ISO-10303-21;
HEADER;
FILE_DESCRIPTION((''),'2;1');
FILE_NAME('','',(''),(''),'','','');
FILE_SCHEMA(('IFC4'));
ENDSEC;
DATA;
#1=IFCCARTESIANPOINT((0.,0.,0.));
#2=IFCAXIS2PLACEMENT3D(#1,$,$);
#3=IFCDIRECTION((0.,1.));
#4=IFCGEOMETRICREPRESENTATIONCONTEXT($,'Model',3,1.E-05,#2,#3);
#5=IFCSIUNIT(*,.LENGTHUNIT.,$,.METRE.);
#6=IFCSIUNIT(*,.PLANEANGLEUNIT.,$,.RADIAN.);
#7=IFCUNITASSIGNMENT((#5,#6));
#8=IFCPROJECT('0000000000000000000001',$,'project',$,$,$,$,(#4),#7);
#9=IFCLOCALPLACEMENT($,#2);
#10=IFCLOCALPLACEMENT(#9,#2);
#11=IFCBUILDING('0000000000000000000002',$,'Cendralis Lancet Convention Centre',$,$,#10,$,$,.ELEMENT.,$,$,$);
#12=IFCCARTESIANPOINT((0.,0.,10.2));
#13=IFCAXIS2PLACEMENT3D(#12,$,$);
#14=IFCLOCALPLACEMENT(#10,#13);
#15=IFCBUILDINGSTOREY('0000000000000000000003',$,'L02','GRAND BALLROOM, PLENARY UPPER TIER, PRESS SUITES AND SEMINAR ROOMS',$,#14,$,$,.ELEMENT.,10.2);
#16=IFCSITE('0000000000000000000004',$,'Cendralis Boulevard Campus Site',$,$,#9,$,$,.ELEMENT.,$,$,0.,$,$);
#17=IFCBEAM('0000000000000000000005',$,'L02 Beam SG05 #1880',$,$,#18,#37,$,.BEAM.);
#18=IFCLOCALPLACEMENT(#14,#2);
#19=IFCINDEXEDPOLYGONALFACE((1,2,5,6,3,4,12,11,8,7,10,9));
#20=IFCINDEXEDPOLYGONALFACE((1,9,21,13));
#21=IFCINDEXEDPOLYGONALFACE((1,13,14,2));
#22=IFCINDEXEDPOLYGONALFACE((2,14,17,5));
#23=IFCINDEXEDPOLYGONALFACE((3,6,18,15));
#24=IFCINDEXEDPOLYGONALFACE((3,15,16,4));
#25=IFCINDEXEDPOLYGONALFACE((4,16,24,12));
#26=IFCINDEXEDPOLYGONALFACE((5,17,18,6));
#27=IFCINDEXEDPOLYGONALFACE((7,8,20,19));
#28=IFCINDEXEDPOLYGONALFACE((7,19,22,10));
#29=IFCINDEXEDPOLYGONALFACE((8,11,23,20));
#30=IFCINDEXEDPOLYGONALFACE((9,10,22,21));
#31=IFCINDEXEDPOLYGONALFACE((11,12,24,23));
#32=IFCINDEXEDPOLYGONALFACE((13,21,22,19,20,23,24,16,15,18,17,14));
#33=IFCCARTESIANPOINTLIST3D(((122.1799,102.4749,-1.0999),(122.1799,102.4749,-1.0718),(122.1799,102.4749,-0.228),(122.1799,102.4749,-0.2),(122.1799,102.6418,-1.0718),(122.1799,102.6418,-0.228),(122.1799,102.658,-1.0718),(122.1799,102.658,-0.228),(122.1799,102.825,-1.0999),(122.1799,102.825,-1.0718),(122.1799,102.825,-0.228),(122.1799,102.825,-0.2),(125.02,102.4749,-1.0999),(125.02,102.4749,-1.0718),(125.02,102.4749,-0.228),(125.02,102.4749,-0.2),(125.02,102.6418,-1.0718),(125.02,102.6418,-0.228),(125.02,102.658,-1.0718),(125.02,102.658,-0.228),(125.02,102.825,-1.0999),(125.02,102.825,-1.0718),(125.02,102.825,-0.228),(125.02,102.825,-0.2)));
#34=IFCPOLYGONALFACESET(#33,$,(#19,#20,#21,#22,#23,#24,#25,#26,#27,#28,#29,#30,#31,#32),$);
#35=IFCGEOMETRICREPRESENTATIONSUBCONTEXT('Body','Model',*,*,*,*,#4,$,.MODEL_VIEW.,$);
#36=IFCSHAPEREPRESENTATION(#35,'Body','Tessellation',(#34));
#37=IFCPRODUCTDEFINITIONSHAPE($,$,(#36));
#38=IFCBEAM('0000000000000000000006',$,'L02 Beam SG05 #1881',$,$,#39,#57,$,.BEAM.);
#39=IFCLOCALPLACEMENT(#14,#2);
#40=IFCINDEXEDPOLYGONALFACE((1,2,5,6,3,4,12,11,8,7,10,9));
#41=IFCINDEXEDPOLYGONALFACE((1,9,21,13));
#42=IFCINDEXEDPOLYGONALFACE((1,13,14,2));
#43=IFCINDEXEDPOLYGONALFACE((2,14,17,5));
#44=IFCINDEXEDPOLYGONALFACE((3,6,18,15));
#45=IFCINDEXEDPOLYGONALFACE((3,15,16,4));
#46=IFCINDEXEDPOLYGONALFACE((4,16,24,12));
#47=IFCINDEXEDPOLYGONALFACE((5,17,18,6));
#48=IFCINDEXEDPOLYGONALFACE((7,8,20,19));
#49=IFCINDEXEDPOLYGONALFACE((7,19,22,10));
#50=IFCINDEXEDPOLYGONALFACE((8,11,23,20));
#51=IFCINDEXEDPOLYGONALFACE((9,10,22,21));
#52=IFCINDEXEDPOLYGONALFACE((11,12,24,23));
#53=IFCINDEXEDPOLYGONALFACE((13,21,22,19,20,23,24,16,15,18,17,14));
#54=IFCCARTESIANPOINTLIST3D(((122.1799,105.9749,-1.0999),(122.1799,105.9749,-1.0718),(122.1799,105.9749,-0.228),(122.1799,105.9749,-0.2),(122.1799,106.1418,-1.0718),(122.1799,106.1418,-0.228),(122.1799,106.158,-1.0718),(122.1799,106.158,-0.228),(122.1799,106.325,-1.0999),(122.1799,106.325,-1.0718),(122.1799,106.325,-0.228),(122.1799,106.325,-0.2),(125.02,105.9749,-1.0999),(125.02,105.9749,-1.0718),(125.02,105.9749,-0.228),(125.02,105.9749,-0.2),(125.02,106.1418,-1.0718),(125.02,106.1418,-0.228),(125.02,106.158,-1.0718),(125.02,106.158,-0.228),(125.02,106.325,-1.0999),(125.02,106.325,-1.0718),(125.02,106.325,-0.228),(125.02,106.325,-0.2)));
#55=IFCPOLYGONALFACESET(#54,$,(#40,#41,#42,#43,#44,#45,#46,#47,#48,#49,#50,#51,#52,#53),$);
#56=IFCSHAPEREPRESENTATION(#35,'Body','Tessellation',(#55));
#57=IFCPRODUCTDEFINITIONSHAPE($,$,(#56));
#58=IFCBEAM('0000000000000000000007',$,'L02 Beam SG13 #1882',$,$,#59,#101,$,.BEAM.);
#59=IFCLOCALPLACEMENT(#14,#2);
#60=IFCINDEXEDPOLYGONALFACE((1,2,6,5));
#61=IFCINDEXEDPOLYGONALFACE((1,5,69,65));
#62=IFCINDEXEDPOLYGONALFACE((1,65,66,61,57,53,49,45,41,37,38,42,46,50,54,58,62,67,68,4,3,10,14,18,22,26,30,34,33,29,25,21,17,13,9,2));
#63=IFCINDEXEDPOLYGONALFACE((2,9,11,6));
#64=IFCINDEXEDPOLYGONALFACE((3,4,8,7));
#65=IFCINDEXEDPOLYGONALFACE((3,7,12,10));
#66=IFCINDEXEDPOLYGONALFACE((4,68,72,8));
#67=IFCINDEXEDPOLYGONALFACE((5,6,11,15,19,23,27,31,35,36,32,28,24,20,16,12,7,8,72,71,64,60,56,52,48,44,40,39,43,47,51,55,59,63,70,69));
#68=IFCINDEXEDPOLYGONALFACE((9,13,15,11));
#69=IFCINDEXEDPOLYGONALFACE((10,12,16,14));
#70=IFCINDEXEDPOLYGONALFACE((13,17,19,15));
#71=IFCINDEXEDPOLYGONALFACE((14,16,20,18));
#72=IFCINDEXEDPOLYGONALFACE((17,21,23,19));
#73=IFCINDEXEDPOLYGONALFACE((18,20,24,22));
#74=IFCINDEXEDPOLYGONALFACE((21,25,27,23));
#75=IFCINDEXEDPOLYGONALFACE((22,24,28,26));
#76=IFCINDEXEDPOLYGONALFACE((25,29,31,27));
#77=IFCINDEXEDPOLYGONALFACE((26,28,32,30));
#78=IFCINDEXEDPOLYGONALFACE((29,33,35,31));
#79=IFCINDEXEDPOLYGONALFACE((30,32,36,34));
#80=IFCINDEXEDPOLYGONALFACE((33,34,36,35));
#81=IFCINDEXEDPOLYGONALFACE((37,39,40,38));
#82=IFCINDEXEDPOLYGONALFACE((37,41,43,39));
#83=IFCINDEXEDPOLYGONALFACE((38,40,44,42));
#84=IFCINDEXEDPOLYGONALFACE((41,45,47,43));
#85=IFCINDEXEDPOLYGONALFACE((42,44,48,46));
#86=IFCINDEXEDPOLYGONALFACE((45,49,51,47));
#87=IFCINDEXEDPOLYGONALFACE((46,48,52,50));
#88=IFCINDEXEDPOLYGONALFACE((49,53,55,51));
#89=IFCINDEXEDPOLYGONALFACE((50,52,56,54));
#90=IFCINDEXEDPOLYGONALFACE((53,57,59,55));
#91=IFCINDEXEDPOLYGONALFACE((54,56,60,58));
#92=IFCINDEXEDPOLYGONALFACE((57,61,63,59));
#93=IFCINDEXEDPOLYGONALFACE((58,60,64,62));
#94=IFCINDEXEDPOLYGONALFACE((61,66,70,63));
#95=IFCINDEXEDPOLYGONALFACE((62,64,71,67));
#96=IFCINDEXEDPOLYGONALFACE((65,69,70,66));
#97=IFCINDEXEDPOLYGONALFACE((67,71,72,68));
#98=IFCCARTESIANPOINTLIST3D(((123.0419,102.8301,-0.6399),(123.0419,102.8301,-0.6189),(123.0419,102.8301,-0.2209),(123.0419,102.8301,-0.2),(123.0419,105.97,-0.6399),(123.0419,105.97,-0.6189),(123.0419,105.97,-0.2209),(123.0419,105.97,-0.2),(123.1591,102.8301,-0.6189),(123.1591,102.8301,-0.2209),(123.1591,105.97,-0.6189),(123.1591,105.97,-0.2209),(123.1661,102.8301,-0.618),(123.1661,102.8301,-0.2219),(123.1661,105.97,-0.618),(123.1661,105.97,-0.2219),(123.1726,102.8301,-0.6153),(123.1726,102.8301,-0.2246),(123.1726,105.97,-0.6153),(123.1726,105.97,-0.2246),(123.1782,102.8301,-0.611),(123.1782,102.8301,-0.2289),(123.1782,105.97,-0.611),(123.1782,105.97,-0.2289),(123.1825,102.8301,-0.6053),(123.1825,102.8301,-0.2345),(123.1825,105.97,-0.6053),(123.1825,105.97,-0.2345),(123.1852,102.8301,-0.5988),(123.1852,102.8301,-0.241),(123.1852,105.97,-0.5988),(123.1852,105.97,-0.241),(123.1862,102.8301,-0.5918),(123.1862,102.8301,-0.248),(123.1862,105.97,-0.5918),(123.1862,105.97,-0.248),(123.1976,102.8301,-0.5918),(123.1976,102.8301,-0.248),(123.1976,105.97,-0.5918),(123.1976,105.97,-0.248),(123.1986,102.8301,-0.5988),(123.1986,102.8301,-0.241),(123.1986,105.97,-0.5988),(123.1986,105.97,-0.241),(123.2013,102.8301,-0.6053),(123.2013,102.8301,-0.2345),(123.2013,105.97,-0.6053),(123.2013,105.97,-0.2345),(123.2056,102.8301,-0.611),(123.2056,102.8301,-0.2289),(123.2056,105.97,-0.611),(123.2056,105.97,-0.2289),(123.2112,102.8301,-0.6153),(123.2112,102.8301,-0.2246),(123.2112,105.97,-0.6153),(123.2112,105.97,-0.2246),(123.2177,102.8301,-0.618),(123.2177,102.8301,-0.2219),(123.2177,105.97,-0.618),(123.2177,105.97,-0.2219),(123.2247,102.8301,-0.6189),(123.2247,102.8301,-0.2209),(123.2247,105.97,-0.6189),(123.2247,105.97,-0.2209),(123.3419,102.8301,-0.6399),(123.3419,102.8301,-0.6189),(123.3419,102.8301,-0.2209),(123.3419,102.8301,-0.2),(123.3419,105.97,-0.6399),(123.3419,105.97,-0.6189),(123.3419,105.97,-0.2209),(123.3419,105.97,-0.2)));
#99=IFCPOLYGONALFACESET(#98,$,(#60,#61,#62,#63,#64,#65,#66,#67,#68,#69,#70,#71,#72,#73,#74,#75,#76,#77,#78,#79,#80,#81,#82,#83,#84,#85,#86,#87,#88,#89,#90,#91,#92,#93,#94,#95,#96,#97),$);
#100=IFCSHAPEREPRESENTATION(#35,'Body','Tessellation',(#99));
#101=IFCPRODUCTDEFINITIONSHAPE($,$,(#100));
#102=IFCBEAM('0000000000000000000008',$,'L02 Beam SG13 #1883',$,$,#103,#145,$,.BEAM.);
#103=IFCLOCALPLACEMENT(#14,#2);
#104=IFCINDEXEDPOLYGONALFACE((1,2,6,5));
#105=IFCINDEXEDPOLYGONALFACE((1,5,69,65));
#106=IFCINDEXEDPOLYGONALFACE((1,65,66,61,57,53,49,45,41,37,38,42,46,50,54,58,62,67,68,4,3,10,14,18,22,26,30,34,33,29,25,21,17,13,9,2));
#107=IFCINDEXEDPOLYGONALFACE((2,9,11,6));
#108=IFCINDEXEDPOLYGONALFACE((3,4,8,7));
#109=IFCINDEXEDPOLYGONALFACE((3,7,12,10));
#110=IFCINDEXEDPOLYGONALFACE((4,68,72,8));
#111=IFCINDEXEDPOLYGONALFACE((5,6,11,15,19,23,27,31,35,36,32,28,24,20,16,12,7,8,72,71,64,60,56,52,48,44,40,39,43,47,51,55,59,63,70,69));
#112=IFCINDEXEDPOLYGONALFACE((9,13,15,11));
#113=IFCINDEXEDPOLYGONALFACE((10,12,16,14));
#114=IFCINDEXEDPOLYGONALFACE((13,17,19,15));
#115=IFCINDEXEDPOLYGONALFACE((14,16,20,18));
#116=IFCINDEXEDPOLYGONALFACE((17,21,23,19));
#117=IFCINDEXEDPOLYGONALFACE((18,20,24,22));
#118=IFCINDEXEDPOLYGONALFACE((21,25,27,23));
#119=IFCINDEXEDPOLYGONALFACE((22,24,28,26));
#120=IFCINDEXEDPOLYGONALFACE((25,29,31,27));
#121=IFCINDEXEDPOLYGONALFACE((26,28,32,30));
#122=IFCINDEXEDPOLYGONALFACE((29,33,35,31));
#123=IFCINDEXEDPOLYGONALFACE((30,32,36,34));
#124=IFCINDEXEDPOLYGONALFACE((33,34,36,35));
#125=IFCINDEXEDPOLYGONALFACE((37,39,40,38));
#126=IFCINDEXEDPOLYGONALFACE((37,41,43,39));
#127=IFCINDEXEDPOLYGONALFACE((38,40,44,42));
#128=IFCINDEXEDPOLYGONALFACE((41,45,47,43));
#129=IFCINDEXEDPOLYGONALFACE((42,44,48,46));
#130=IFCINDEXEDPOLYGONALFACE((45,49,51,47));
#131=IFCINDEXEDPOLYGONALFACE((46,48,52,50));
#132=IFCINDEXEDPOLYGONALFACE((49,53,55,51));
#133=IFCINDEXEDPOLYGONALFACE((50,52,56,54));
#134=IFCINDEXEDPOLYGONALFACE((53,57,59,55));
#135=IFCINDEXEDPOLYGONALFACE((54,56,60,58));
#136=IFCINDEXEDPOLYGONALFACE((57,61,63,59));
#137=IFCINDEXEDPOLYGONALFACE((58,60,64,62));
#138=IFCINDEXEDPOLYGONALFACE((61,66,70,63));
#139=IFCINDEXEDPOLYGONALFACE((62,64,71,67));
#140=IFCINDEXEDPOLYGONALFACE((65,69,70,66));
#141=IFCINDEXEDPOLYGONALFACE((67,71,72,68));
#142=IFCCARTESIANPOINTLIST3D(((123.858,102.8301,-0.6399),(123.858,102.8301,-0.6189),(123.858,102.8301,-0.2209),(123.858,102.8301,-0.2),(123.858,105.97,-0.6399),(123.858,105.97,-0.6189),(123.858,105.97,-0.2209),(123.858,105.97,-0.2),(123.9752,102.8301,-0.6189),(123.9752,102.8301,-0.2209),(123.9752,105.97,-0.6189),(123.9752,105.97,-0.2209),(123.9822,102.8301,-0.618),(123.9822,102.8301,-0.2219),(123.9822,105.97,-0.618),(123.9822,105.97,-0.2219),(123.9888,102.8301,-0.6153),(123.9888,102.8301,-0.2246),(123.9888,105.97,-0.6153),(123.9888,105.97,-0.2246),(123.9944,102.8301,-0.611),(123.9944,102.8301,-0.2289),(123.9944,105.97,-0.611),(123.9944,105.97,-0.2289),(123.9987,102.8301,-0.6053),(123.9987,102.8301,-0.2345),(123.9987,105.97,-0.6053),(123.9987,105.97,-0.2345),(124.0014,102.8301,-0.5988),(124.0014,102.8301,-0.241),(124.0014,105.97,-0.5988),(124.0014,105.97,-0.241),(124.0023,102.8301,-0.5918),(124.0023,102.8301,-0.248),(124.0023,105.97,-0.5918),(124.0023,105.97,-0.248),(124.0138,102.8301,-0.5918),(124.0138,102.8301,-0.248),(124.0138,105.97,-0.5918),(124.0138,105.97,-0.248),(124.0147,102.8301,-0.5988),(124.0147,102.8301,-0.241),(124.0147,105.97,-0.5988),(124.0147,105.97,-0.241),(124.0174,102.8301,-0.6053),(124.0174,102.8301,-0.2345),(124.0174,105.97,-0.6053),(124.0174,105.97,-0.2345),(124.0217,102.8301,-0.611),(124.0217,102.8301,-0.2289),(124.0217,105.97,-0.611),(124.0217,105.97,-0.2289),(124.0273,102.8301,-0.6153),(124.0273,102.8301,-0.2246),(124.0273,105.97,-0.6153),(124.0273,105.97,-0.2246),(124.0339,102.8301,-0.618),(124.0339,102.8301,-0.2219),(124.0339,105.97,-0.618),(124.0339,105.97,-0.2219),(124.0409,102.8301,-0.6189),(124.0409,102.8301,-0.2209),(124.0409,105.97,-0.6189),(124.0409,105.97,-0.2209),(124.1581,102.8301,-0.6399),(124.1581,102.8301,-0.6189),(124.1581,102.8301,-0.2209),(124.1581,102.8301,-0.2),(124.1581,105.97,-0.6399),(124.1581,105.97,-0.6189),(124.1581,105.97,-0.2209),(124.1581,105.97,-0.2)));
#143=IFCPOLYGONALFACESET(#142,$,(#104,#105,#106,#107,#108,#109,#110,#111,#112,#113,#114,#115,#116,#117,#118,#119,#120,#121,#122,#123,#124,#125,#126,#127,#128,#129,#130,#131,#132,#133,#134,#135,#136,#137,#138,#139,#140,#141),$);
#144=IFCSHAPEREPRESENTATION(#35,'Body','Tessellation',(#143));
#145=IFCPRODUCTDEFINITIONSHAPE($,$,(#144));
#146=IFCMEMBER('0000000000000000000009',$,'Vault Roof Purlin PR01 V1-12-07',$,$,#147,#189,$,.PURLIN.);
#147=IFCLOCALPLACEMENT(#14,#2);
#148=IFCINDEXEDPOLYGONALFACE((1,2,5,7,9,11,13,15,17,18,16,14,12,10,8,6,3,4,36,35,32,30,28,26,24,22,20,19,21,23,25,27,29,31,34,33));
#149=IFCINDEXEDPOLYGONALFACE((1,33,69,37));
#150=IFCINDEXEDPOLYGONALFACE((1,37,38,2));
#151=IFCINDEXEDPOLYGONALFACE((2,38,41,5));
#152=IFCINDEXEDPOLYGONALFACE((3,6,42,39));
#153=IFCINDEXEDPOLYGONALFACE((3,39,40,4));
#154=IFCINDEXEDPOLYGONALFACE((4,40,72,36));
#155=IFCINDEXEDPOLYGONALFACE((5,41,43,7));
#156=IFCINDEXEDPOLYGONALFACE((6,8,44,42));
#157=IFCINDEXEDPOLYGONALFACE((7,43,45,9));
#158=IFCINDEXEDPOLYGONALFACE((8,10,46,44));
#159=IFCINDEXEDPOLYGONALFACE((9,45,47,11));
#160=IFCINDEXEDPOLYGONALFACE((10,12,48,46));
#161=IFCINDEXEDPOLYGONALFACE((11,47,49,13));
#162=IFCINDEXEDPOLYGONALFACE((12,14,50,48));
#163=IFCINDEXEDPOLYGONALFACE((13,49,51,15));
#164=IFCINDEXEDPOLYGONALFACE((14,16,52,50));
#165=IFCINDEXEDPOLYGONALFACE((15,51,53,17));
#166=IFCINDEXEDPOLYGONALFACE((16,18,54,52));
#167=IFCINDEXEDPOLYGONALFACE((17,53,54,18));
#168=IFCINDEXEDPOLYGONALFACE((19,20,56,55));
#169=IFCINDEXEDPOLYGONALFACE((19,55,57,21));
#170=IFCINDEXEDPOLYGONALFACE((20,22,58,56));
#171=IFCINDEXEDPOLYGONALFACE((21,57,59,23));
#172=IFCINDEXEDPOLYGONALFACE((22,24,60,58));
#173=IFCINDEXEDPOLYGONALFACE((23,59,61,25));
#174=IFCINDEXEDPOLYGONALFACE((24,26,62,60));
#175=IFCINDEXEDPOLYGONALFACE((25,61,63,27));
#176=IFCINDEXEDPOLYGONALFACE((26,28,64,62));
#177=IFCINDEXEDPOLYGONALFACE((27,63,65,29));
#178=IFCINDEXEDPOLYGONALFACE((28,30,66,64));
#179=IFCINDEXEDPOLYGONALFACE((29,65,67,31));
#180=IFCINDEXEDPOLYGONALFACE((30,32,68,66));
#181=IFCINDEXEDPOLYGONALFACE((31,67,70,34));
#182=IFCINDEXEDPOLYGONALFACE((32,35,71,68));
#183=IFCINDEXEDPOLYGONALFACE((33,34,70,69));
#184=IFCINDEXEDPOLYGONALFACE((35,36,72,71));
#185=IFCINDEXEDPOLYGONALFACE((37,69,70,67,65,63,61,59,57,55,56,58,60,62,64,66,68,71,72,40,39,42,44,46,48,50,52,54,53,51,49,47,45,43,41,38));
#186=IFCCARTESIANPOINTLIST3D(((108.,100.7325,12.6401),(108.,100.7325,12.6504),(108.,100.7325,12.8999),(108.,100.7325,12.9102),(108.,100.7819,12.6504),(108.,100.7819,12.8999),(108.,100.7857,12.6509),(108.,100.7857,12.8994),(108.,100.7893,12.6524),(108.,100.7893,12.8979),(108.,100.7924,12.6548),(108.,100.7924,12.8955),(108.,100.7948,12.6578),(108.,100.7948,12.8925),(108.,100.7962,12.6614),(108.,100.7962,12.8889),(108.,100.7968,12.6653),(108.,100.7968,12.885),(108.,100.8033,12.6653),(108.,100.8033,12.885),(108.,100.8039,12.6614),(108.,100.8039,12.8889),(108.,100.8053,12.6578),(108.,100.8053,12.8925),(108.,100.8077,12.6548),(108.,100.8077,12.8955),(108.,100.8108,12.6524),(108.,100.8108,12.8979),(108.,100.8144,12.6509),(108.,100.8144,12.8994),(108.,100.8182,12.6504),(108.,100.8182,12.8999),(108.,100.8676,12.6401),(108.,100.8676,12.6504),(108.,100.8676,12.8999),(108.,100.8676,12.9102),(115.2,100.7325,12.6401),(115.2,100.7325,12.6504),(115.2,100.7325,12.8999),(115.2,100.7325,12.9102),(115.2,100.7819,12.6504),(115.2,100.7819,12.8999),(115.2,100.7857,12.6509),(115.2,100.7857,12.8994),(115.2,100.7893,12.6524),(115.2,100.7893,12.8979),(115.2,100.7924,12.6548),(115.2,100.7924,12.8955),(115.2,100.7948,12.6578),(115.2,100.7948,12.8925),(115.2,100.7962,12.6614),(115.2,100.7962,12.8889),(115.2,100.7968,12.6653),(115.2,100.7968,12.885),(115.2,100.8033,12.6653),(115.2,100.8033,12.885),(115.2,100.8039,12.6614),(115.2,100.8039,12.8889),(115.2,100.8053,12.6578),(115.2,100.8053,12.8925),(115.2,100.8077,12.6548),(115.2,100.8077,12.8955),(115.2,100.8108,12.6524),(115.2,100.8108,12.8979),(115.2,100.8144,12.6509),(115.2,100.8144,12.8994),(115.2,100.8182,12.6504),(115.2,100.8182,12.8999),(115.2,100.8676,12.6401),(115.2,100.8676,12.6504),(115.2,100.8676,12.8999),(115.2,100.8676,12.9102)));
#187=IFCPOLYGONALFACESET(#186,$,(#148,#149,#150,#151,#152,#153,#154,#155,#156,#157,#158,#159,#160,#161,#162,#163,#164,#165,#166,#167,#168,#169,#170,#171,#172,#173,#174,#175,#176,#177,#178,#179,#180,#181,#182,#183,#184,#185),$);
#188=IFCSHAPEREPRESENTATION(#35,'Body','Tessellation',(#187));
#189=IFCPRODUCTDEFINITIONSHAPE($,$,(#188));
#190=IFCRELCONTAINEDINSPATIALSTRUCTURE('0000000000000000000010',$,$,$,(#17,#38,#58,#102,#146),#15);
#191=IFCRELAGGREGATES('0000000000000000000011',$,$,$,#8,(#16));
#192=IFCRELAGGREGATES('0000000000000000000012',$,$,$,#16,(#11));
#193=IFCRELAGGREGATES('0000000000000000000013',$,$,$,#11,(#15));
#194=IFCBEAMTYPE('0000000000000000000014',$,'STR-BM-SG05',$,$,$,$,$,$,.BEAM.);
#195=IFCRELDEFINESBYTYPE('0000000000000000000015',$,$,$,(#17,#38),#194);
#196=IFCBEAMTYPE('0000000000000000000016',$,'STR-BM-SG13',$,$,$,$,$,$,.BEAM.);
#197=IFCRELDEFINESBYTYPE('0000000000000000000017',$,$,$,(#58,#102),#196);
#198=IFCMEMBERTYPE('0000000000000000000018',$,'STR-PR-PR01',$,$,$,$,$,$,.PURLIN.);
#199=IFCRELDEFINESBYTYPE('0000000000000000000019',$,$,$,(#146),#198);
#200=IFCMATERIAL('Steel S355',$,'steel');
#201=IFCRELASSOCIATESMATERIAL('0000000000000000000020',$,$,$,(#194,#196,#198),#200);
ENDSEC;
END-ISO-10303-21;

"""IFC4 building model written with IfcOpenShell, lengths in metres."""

from ifc_helpers import new_model, si_unit, direction, frame, origin, origin_2d, place, context, subcontext, project, spatial, i_section, extrude, material, material_profile, profile_set, type_object, element, save


model = new_model("IFC4")

# Units and contexts
model_context = context("Model", 3, precision=1e-05, world=origin(), true_north=direction((0.0, 1.0)))
body_context = subcontext(model_context, "Body", "Model", "MODEL_VIEW")
ifc_project = project(units=[si_unit("LENGTHUNIT", "METRE"), si_unit("PLANEANGLEUNIT", "RADIAN")], contexts=[model_context])

# Site, building, storey
site_placement = place(None, origin())
site = spatial("IfcSite", under=ifc_project, at=site_placement, Name="Cendralis Boulevard Campus Site", CompositionType="ELEMENT", RefElevation=0.0)
building_placement = place(site_placement, origin())
building = spatial("IfcBuilding", under=site, at=building_placement, Name="Cendralis Lancet Convention Centre", CompositionType="ELEMENT")
storey_placement = place(building_placement, frame((0.0, 0.0, 10.2)))
storey = spatial("IfcBuildingStorey", under=building, at=storey_placement, Name="L02", Description="GRAND BALLROOM, PLENARY UPPER TIER, PRESS SUITES AND SEMINAR ROOMS", CompositionType="ELEMENT", Elevation=10.2)

# Beams
ifc_material_1 = material(Name="Steel S355", Category="steel")
ifc_material_profile_1 = material_profile(ifc_material_1, i_section(OverallWidth=0.3501, OverallDepth=0.8999, WebThickness=0.0161, FlangeThickness=0.0281, at=origin_2d()), Name="PG 900x350")
ifc_profile_set_1 = profile_set([ifc_material_profile_1], Name="Steel S355")
beam_type_1 = type_object("IfcBeamType", Name="STR-BM-SG05", PredefinedType="BEAM", material=ifc_profile_set_1)
for number, where, z_axis, x_axis, name in (
    (1, (122.1799, 102.6499, -0.6499), (1.0, 0.0, 0.0), (0.0, 1.0, 0.0), "L02 Beam SG05 #1880"),
    (2, (122.1799, 106.1499, -0.6499), (1.0, 0.0, 0.0), (0.0, 1.0, 0.0), "L02 Beam SG05 #1881"),
):
    element("IfcBeam", number, at=place(storey_placement, frame(where, z_axis=z_axis, x_axis=x_axis)), inside=storey, type_object=beam_type_1, Name=name, PredefinedType="BEAM", context=body_context, shape_type="SweptSolid", body=[
        extrude(i_section(OverallWidth=0.3501, OverallDepth=0.8999, WebThickness=0.0161, FlangeThickness=0.0281, at=origin_2d()), origin(), (0.0, 0.0, 1.0), 2.8401),
    ])
ifc_material_profile_2 = material_profile(ifc_material_1, i_section(OverallWidth=0.3, OverallDepth=0.4399, WebThickness=0.0115, FlangeThickness=0.021, FilletRadius=0.0271, at=origin_2d()), Name="HEA 450")
ifc_profile_set_2 = profile_set([ifc_material_profile_2], Name="Steel S355")
beam_type_2 = type_object("IfcBeamType", Name="STR-BM-SG13", PredefinedType="BEAM", material=ifc_profile_set_2)
for number, where, z_axis, x_axis, name in (
    (3, (123.1919, 102.8301, -0.4199), (0.0, 1.0, 0.0), (-1.0, 0.0, 0.0), "L02 Beam SG13 #1882"),
    (4, (124.0081, 102.8301, -0.4199), (0.0, 1.0, 0.0), (-1.0, 0.0, 0.0), "L02 Beam SG13 #1883"),
):
    element("IfcBeam", number, at=place(storey_placement, frame(where, z_axis=z_axis, x_axis=x_axis)), inside=storey, type_object=beam_type_2, Name=name, PredefinedType="BEAM", context=body_context, shape_type="SweptSolid", body=[
        extrude(i_section(OverallWidth=0.3, OverallDepth=0.4399, WebThickness=0.0115, FlangeThickness=0.021, FilletRadius=0.0271, at=origin_2d()), origin(), (0.0, 0.0, 1.0), 3.1399),
    ])

# Member
ifc_material_profile_3 = material_profile(ifc_material_1, i_section(OverallWidth=0.135, OverallDepth=0.27, WebThickness=0.0066, FlangeThickness=0.0103, FilletRadius=0.0149, at=origin_2d()), Name="IPE 270")
ifc_profile_set_3 = profile_set([ifc_material_profile_3], Name="Steel S355")
member_type_1 = type_object("IfcMemberType", Name="STR-PR-PR01", PredefinedType="PURLIN", material=ifc_profile_set_3)
for number, where, z_axis, x_axis, name in (
    (5, (108.0, 100.8, 12.7751), (1.0, 0.0, 0.0), (0.0, 1.0, 0.0), "Vault Roof Purlin PR01 V1-12-07"),
):
    element("IfcMember", number, at=place(storey_placement, frame(where, z_axis=z_axis, x_axis=x_axis)), inside=storey, type_object=member_type_1, Name=name, PredefinedType="PURLIN", context=body_context, shape_type="SweptSolid", body=[
        extrude(i_section(OverallWidth=0.135, OverallDepth=0.27, WebThickness=0.0066, FlangeThickness=0.0103, FilletRadius=0.0149, at=origin_2d()), origin(), (0.0, 0.0, 1.0), 7.2),
    ])

save(model, "model.ifc")
